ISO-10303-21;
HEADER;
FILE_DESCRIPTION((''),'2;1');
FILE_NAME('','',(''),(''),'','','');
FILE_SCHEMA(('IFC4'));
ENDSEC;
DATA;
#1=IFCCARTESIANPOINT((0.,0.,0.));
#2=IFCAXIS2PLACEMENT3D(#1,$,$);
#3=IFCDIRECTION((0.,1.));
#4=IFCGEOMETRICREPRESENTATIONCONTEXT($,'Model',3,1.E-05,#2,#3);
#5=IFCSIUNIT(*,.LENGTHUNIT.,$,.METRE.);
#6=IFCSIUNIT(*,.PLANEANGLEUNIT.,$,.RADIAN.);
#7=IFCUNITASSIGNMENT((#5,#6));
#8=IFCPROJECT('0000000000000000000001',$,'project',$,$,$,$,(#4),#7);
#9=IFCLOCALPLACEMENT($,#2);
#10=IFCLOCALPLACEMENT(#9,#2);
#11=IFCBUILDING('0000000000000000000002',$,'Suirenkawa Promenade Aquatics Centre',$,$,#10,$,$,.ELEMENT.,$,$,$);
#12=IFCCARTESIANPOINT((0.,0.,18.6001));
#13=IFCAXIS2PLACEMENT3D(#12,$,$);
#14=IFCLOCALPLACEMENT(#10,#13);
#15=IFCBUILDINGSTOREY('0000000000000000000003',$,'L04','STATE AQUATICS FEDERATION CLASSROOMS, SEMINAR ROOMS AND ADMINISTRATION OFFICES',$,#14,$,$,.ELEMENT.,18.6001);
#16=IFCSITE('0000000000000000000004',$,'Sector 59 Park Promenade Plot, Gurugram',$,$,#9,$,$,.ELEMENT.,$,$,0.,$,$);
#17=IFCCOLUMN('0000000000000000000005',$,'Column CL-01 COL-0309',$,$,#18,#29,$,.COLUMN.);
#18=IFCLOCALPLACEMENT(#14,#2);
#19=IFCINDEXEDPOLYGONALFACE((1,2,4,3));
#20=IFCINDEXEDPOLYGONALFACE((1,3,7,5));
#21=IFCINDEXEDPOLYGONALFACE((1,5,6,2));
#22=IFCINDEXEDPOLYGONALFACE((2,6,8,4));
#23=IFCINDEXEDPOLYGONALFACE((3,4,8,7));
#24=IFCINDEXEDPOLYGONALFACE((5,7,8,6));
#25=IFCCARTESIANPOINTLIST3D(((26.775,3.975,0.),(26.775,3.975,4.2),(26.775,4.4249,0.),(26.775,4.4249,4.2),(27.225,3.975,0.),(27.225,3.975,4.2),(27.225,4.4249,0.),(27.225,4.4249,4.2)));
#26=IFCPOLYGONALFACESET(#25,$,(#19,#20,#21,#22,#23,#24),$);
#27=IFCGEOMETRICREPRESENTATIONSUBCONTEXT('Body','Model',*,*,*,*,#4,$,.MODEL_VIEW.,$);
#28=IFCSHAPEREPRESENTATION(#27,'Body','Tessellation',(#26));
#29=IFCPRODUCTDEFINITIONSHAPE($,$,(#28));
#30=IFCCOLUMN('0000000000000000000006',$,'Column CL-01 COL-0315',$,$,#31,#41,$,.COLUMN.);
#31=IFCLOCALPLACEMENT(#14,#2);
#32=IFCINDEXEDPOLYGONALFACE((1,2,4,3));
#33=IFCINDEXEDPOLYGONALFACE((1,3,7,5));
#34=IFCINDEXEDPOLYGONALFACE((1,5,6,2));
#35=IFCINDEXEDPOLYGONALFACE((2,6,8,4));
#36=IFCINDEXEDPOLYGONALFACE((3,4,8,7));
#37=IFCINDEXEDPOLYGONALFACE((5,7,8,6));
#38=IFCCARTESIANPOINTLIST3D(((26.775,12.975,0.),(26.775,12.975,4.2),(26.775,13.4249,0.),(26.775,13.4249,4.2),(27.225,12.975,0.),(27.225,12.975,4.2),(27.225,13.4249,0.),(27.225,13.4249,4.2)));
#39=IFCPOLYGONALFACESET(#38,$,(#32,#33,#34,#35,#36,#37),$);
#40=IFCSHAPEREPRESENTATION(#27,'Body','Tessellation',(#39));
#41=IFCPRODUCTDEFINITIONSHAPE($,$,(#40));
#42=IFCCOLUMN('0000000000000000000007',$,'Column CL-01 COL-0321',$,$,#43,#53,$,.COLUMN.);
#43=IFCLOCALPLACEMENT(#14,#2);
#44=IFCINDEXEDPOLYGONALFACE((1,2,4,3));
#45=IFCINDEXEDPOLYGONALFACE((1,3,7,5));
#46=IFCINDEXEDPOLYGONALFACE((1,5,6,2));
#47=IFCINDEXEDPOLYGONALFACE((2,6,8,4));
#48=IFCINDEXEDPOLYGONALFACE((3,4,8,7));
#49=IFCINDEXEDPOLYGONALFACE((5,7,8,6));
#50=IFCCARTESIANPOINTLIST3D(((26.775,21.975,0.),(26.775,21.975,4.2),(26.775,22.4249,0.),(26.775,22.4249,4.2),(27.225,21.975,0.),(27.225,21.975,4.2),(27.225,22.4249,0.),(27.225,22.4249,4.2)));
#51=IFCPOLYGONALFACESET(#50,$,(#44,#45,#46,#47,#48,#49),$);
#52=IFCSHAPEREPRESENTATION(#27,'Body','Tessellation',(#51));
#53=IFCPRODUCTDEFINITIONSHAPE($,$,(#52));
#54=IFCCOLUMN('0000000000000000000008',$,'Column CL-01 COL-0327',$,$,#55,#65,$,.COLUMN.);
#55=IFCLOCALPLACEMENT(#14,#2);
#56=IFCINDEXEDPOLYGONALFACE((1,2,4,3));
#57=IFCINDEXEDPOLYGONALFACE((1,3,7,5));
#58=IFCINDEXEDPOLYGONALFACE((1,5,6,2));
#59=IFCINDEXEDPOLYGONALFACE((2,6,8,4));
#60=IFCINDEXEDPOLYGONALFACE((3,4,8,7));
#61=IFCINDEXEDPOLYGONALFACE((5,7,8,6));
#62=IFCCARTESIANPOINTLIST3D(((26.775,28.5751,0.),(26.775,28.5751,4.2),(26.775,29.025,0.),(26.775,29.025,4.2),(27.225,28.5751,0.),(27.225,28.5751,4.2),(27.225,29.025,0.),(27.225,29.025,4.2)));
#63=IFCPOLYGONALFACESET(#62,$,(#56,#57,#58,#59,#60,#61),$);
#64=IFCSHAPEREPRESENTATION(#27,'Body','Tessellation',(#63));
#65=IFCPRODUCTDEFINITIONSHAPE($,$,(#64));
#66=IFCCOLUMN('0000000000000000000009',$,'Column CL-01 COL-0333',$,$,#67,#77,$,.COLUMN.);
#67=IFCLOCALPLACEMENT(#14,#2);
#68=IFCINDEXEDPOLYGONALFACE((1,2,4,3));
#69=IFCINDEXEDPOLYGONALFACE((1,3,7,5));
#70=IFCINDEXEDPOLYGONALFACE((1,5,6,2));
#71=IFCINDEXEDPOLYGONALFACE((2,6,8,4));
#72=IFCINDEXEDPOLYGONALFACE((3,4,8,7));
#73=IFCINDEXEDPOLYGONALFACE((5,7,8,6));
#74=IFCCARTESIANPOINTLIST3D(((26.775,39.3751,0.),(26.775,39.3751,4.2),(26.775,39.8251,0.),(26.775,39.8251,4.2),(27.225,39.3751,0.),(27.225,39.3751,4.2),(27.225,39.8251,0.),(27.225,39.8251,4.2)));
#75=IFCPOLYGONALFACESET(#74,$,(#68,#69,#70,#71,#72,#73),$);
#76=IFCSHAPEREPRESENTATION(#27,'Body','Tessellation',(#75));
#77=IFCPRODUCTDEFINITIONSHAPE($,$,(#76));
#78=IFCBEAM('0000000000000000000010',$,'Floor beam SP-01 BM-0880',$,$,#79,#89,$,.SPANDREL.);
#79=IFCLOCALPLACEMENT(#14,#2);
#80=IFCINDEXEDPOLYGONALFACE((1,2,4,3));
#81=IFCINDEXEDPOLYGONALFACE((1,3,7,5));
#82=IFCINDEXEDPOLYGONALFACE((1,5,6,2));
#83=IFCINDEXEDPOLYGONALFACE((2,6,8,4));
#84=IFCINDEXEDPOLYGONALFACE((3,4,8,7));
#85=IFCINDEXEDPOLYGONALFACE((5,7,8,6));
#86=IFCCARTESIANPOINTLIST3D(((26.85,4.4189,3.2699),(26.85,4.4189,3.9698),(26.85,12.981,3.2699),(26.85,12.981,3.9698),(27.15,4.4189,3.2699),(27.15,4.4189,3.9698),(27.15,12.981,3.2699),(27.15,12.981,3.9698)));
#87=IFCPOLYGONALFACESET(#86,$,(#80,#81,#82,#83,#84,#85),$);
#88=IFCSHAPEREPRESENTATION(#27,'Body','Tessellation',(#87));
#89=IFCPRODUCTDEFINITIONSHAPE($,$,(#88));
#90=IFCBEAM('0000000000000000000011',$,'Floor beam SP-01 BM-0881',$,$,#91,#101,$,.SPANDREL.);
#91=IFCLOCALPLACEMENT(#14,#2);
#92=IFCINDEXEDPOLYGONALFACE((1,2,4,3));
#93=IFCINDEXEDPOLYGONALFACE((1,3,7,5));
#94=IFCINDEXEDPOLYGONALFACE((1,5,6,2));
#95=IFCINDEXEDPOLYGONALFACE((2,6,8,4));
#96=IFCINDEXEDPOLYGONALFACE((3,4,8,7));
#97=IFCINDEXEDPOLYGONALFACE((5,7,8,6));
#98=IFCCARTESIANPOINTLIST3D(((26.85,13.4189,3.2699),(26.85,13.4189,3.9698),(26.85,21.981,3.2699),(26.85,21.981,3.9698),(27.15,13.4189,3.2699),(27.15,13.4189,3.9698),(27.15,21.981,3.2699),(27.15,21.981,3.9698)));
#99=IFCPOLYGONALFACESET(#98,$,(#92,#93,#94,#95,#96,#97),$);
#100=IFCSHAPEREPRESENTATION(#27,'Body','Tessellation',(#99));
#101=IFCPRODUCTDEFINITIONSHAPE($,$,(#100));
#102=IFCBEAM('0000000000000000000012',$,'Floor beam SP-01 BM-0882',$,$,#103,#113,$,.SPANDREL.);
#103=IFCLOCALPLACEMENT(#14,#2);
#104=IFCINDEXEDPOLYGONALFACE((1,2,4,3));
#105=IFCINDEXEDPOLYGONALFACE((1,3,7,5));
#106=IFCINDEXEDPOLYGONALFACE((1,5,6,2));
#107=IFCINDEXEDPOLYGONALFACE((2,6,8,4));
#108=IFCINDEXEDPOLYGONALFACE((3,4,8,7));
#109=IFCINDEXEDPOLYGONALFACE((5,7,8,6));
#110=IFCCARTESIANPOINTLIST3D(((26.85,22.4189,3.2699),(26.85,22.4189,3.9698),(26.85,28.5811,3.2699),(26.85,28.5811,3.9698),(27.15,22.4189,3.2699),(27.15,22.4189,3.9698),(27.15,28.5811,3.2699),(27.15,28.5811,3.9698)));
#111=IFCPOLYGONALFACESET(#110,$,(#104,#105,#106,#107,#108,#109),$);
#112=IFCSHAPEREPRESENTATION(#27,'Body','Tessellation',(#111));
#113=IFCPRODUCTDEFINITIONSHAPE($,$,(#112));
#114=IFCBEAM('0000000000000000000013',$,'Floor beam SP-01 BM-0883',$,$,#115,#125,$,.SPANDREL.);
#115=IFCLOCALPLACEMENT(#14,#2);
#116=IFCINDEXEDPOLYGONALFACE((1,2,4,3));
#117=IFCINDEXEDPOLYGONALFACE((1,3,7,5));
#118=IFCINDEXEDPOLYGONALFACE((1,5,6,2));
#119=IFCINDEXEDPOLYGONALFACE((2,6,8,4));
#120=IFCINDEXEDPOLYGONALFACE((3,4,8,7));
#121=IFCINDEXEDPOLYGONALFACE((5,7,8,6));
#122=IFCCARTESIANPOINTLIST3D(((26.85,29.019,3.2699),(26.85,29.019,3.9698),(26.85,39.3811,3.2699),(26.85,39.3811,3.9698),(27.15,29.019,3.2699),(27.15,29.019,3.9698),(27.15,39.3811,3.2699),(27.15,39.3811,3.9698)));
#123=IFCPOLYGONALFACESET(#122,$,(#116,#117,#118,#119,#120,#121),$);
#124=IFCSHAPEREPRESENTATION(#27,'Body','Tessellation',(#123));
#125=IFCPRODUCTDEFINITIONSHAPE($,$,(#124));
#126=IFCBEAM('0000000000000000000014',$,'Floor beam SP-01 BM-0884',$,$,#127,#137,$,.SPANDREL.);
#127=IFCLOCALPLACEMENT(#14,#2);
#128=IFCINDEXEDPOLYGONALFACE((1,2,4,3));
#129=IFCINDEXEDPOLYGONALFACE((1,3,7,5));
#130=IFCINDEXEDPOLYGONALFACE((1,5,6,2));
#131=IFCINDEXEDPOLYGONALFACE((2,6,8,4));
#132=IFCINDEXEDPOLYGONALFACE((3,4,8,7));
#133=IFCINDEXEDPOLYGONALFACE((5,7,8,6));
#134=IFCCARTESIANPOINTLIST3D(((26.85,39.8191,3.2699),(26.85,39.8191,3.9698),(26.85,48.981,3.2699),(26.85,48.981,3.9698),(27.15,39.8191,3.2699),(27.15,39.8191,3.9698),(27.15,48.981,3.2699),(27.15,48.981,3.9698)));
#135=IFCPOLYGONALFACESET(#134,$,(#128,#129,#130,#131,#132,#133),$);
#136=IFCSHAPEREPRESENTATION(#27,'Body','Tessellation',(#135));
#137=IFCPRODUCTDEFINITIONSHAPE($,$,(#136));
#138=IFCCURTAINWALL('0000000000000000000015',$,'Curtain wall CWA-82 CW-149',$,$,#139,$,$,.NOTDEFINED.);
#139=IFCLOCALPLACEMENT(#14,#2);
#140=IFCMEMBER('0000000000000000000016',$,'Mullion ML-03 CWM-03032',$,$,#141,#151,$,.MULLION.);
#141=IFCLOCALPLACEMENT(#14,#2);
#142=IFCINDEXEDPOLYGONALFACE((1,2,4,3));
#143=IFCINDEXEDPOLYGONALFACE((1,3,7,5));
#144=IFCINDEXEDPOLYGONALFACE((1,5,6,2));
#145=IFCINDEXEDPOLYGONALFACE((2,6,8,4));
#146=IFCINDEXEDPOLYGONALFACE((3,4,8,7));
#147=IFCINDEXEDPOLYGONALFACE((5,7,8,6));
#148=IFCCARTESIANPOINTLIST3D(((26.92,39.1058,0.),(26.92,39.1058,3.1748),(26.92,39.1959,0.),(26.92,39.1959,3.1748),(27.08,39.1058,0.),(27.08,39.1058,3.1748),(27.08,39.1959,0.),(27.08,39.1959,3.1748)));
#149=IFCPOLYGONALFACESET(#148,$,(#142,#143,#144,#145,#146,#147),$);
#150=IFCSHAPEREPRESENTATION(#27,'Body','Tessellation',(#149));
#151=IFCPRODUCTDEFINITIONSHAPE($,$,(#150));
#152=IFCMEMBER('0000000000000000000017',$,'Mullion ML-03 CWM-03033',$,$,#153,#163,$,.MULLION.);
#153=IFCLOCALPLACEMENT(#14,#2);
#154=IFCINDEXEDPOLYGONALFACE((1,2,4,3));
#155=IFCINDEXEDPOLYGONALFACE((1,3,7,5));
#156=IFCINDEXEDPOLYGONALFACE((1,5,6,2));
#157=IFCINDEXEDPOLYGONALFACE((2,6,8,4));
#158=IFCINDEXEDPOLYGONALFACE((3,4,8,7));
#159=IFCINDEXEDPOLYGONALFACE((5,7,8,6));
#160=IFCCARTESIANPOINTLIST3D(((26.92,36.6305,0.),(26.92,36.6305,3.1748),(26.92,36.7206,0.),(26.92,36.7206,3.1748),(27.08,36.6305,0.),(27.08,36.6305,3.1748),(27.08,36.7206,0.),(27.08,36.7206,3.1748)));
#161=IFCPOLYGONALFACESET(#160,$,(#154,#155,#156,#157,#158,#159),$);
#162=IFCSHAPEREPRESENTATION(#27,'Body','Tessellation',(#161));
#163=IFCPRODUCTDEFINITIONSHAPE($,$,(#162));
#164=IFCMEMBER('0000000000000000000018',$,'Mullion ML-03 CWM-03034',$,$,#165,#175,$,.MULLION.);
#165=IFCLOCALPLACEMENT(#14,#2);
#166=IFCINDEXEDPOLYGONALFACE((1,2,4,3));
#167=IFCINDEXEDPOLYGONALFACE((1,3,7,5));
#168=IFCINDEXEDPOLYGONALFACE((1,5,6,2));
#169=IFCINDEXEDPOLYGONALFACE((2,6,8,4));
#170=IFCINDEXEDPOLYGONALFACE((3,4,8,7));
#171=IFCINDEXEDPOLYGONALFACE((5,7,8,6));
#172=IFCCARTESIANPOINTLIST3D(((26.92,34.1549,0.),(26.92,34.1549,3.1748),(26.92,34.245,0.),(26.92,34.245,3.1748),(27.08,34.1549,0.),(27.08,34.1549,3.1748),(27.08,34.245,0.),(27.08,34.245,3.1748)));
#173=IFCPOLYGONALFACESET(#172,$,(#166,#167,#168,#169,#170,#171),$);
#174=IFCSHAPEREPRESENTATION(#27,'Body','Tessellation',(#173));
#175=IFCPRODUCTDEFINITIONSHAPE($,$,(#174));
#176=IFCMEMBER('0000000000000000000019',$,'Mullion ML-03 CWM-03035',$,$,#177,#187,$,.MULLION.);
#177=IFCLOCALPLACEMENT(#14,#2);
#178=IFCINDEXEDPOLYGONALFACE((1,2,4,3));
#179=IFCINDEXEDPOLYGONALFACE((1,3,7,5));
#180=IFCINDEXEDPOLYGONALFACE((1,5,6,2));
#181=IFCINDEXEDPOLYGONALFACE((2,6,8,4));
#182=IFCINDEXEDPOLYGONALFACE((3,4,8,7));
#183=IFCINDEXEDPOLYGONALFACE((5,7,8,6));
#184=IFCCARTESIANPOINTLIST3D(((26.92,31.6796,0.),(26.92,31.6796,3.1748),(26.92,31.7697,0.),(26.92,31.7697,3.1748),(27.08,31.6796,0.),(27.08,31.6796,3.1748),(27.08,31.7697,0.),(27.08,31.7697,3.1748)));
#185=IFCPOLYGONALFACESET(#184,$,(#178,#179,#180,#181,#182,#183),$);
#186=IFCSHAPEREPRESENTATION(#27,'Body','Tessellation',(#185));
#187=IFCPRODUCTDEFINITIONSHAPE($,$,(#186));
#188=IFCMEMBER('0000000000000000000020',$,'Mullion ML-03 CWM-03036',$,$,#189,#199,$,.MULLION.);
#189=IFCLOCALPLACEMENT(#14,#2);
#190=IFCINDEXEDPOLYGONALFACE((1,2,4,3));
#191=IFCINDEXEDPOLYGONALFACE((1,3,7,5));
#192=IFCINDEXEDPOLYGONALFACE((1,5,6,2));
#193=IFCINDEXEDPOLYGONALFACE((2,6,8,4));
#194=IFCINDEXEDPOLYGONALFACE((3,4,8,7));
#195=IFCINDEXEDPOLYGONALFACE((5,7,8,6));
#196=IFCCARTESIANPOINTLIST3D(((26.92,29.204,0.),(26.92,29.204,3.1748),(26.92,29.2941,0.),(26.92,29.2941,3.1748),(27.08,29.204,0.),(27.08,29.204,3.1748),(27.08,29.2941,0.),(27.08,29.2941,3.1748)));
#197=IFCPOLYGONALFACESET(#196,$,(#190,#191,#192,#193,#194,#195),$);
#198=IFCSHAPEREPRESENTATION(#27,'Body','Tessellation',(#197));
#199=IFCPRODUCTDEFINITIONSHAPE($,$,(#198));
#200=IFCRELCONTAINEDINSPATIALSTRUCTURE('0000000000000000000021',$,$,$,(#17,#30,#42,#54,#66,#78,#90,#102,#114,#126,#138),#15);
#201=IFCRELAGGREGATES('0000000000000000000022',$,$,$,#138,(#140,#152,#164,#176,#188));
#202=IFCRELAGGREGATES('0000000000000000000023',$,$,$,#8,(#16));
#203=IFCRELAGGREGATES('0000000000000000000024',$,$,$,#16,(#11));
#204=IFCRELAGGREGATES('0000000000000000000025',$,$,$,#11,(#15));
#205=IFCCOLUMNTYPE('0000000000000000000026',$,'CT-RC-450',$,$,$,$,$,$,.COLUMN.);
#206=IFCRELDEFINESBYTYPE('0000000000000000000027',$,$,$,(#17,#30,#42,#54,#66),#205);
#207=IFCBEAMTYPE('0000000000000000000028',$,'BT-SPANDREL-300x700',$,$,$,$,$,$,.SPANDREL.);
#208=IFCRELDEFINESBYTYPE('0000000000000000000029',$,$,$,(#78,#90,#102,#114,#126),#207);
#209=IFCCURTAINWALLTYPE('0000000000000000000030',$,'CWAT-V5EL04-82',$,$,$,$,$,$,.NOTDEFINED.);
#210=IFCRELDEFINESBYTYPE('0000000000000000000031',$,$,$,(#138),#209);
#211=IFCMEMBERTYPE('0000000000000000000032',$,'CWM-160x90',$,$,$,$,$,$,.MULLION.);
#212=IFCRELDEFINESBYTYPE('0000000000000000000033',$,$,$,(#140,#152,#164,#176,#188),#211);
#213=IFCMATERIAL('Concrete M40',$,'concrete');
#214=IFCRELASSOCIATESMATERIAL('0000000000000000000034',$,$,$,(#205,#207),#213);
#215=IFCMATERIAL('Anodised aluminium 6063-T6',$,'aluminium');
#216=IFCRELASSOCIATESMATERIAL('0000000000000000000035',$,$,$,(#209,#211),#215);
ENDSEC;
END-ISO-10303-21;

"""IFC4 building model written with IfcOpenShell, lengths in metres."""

from ifc_helpers import new_model, si_unit, direction, frame, origin, origin_2d, place, context, subcontext, project, spatial, rectangle, extrude, material, material_profile, profile_set, type_object, element, aggregate, save


model = new_model("IFC4")

# Units and contexts
model_context = context("Model", 3, precision=1e-05, world=origin(), true_north=direction((0.0, 1.0)))
body_context = subcontext(model_context, "Body", "Model", "MODEL_VIEW")
ifc_project = project(units=[si_unit("LENGTHUNIT", "METRE"), si_unit("PLANEANGLEUNIT", "RADIAN")], contexts=[model_context])

# Site, building, storey
site_placement = place(None, origin())
site = spatial("IfcSite", under=ifc_project, at=site_placement, Name="Sector 59 Park Promenade Plot, Gurugram", CompositionType="ELEMENT", RefElevation=0.0)
building_placement = place(site_placement, origin())
building = spatial("IfcBuilding", under=site, at=building_placement, Name="Suirenkawa Promenade Aquatics Centre", CompositionType="ELEMENT")
storey_placement = place(building_placement, frame((0.0, 0.0, 18.6001)))
storey = spatial("IfcBuildingStorey", under=building, at=storey_placement, Name="L04", Description="STATE AQUATICS FEDERATION CLASSROOMS, SEMINAR ROOMS AND ADMINISTRATION OFFICES", CompositionType="ELEMENT", Elevation=18.6001)

# Columns
ifc_material_1 = material(Name="Concrete M40", Category="concrete")
ifc_material_profile_1 = material_profile(ifc_material_1, rectangle(XDim=0.45, YDim=0.45, at=origin_2d()), Name="RC COL 450x450", Category="concrete")
ifc_profile_set_1 = profile_set([ifc_material_profile_1], Name="Concrete M40")
column_type = type_object("IfcColumnType", Name="CT-RC-450", PredefinedType="COLUMN", material=ifc_profile_set_1)
for number, where, z_axis, x_axis, name in (
    (1, (27.0, 4.2, 0.0), (0.0, 0.0, 1.0), (1.0, 0.0, 0.0), "Column CL-01 COL-0309"),
    (2, (27.0, 13.2, 0.0), (0.0, 0.0, 1.0), (1.0, 0.0, 0.0), "Column CL-01 COL-0315"),
    (3, (27.0, 22.2, 0.0), (0.0, 0.0, 1.0), (1.0, 0.0, 0.0), "Column CL-01 COL-0321"),
    (4, (27.0, 28.8, 0.0), (0.0, 0.0, 1.0), (1.0, 0.0, 0.0), "Column CL-01 COL-0327"),
    (5, (27.0, 39.6001, 0.0), (0.0, 0.0, 1.0), (1.0, 0.0, 0.0), "Column CL-01 COL-0333"),
):
    element("IfcColumn", number, at=place(storey_placement, frame(where, z_axis=z_axis, x_axis=x_axis)), inside=storey, type_object=column_type, Name=name, PredefinedType="COLUMN", context=body_context, shape_type="SweptSolid", body=[
        extrude(rectangle(XDim=0.45, YDim=0.45, at=origin_2d()), origin(), (0.0, 0.0, 1.0), 4.2),
    ])

# Beams
ifc_material_profile_2 = material_profile(ifc_material_1, rectangle(XDim=0.3, YDim=0.7, at=origin_2d()), Name="RC SPANDREL 300x700", Category="concrete")
ifc_profile_set_2 = profile_set([ifc_material_profile_2], Name="Concrete M40")
beam_type = type_object("IfcBeamType", Name="BT-SPANDREL-300x700", PredefinedType="SPANDREL", material=ifc_profile_set_2)
for number, where, z_axis, x_axis, name in (
    (6, (27.0, 4.4189, 3.6199), (0.0, 1.0, 0.0), (-1.0, 0.0, 0.0), "Floor beam SP-01 BM-0880"),
    (7, (27.0, 13.4189, 3.6199), (0.0, 1.0, 0.0), (-1.0, 0.0, 0.0), "Floor beam SP-01 BM-0881"),
):
    element("IfcBeam", number, at=place(storey_placement, frame(where, z_axis=z_axis, x_axis=x_axis)), inside=storey, type_object=beam_type, Name=name, PredefinedType="SPANDREL", context=body_context, shape_type="SweptSolid", body=[
        extrude(rectangle(XDim=0.3, YDim=0.7, at=origin_2d()), origin(), (0.0, 0.0, 1.0), 8.562),
    ])
beam_1_placement = place(storey_placement, frame((27.0, 22.4189, 3.6199), z_axis=(0.0, 1.0, 0.0), x_axis=(-1.0, 0.0, 0.0)))
element("IfcBeam", 8, at=beam_1_placement, inside=storey, type_object=beam_type, Name="Floor beam SP-01 BM-0882", PredefinedType="SPANDREL", context=body_context, shape_type="SweptSolid", body=[
    extrude(rectangle(XDim=0.3, YDim=0.7, at=origin_2d()), origin(), (0.0, 0.0, 1.0), 6.1621),
])
beam_2_placement = place(storey_placement, frame((27.0, 29.019, 3.6199), z_axis=(0.0, 1.0, 0.0), x_axis=(-1.0, 0.0, 0.0)))
element("IfcBeam", 9, at=beam_2_placement, inside=storey, type_object=beam_type, Name="Floor beam SP-01 BM-0883", PredefinedType="SPANDREL", context=body_context, shape_type="SweptSolid", body=[
    extrude(rectangle(XDim=0.3, YDim=0.7, at=origin_2d()), origin(), (0.0, 0.0, 1.0), 10.3621),
])
beam_3_placement = place(storey_placement, frame((27.0, 39.8191, 3.6199), z_axis=(0.0, 1.0, 0.0), x_axis=(-1.0, 0.0, 0.0)))
element("IfcBeam", 10, at=beam_3_placement, inside=storey, type_object=beam_type, Name="Floor beam SP-01 BM-0884", PredefinedType="SPANDREL", context=body_context, shape_type="SweptSolid", body=[
    extrude(rectangle(XDim=0.3, YDim=0.7, at=origin_2d()), origin(), (0.0, 0.0, 1.0), 9.1619),
])

# Curtain wall, members
ifc_material_2 = material(Name="Anodised aluminium 6063-T6", Category="aluminium")
curtain_wall_type = type_object("IfcCurtainWallType", Name="CWAT-V5EL04-82", PredefinedType="NOTDEFINED", material=ifc_material_2)
curtain_wall_placement = place(storey_placement, origin())
curtain_wall = element("IfcCurtainWall", 11, at=curtain_wall_placement, inside=storey, type_object=curtain_wall_type, Name="Curtain wall CWA-82 CW-149", PredefinedType="NOTDEFINED")
ifc_material_profile_3 = material_profile(ifc_material_2, rectangle(XDim=0.0901, YDim=0.1599, at=origin_2d()), Name="ALU MULL 90x160", Category="aluminium")
ifc_profile_set_3 = profile_set([ifc_material_profile_3], Name="Anodised aluminium 6063-T6")
member_type_1 = type_object("IfcMemberType", Name="CWM-160x90", PredefinedType="MULLION", material=ifc_profile_set_3)
member_1_placement = place(storey_placement, frame((27.0, 39.1509, 0.0), z_axis=(0.0, 0.0, 1.0), x_axis=(0.0, -1.0, 0.0)))
member_1 = element("IfcMember", 12, at=member_1_placement, type_object=member_type_1, Name="Mullion ML-03 CWM-03032", PredefinedType="MULLION", context=body_context, shape_type="SweptSolid", body=[
    extrude(rectangle(XDim=0.0901, YDim=0.1599, at=origin_2d()), origin(), (0.0, 0.0, 1.0), 3.1748),
])
member_2_placement = place(storey_placement, frame((27.0, 36.6755, 0.0), z_axis=(0.0, 0.0, 1.0), x_axis=(0.0, -1.0, 0.0)))
member_2 = element("IfcMember", 13, at=member_2_placement, type_object=member_type_1, Name="Mullion ML-03 CWM-03033", PredefinedType="MULLION", context=body_context, shape_type="SweptSolid", body=[
    extrude(rectangle(XDim=0.0901, YDim=0.1599, at=origin_2d()), origin(), (0.0, 0.0, 1.0), 3.1748),
])
member_3_placement = place(storey_placement, frame((27.0, 34.2, 0.0), z_axis=(0.0, 0.0, 1.0), x_axis=(0.0, -1.0, 0.0)))
member_3 = element("IfcMember", 14, at=member_3_placement, type_object=member_type_1, Name="Mullion ML-03 CWM-03034", PredefinedType="MULLION", context=body_context, shape_type="SweptSolid", body=[
    extrude(rectangle(XDim=0.0901, YDim=0.1599, at=origin_2d()), origin(), (0.0, 0.0, 1.0), 3.1748),
])
member_4_placement = place(storey_placement, frame((27.0, 31.7246, 0.0), z_axis=(0.0, 0.0, 1.0), x_axis=(0.0, -1.0, 0.0)))
member_4 = element("IfcMember", 15, at=member_4_placement, type_object=member_type_1, Name="Mullion ML-03 CWM-03035", PredefinedType="MULLION", context=body_context, shape_type="SweptSolid", body=[
    extrude(rectangle(XDim=0.0901, YDim=0.1599, at=origin_2d()), origin(), (0.0, 0.0, 1.0), 3.1748),
])
member_5_placement = place(storey_placement, frame((27.0, 29.249, 0.0), z_axis=(0.0, 0.0, 1.0), x_axis=(0.0, -1.0, 0.0)))
member_5 = element("IfcMember", 16, at=member_5_placement, type_object=member_type_1, Name="Mullion ML-03 CWM-03036", PredefinedType="MULLION", context=body_context, shape_type="SweptSolid", body=[
    extrude(rectangle(XDim=0.0901, YDim=0.1599, at=origin_2d()), origin(), (0.0, 0.0, 1.0), 3.1748),
])
aggregate(curtain_wall, [member_1, member_2, member_3, member_4, member_5])

save(model, "model.ifc")
